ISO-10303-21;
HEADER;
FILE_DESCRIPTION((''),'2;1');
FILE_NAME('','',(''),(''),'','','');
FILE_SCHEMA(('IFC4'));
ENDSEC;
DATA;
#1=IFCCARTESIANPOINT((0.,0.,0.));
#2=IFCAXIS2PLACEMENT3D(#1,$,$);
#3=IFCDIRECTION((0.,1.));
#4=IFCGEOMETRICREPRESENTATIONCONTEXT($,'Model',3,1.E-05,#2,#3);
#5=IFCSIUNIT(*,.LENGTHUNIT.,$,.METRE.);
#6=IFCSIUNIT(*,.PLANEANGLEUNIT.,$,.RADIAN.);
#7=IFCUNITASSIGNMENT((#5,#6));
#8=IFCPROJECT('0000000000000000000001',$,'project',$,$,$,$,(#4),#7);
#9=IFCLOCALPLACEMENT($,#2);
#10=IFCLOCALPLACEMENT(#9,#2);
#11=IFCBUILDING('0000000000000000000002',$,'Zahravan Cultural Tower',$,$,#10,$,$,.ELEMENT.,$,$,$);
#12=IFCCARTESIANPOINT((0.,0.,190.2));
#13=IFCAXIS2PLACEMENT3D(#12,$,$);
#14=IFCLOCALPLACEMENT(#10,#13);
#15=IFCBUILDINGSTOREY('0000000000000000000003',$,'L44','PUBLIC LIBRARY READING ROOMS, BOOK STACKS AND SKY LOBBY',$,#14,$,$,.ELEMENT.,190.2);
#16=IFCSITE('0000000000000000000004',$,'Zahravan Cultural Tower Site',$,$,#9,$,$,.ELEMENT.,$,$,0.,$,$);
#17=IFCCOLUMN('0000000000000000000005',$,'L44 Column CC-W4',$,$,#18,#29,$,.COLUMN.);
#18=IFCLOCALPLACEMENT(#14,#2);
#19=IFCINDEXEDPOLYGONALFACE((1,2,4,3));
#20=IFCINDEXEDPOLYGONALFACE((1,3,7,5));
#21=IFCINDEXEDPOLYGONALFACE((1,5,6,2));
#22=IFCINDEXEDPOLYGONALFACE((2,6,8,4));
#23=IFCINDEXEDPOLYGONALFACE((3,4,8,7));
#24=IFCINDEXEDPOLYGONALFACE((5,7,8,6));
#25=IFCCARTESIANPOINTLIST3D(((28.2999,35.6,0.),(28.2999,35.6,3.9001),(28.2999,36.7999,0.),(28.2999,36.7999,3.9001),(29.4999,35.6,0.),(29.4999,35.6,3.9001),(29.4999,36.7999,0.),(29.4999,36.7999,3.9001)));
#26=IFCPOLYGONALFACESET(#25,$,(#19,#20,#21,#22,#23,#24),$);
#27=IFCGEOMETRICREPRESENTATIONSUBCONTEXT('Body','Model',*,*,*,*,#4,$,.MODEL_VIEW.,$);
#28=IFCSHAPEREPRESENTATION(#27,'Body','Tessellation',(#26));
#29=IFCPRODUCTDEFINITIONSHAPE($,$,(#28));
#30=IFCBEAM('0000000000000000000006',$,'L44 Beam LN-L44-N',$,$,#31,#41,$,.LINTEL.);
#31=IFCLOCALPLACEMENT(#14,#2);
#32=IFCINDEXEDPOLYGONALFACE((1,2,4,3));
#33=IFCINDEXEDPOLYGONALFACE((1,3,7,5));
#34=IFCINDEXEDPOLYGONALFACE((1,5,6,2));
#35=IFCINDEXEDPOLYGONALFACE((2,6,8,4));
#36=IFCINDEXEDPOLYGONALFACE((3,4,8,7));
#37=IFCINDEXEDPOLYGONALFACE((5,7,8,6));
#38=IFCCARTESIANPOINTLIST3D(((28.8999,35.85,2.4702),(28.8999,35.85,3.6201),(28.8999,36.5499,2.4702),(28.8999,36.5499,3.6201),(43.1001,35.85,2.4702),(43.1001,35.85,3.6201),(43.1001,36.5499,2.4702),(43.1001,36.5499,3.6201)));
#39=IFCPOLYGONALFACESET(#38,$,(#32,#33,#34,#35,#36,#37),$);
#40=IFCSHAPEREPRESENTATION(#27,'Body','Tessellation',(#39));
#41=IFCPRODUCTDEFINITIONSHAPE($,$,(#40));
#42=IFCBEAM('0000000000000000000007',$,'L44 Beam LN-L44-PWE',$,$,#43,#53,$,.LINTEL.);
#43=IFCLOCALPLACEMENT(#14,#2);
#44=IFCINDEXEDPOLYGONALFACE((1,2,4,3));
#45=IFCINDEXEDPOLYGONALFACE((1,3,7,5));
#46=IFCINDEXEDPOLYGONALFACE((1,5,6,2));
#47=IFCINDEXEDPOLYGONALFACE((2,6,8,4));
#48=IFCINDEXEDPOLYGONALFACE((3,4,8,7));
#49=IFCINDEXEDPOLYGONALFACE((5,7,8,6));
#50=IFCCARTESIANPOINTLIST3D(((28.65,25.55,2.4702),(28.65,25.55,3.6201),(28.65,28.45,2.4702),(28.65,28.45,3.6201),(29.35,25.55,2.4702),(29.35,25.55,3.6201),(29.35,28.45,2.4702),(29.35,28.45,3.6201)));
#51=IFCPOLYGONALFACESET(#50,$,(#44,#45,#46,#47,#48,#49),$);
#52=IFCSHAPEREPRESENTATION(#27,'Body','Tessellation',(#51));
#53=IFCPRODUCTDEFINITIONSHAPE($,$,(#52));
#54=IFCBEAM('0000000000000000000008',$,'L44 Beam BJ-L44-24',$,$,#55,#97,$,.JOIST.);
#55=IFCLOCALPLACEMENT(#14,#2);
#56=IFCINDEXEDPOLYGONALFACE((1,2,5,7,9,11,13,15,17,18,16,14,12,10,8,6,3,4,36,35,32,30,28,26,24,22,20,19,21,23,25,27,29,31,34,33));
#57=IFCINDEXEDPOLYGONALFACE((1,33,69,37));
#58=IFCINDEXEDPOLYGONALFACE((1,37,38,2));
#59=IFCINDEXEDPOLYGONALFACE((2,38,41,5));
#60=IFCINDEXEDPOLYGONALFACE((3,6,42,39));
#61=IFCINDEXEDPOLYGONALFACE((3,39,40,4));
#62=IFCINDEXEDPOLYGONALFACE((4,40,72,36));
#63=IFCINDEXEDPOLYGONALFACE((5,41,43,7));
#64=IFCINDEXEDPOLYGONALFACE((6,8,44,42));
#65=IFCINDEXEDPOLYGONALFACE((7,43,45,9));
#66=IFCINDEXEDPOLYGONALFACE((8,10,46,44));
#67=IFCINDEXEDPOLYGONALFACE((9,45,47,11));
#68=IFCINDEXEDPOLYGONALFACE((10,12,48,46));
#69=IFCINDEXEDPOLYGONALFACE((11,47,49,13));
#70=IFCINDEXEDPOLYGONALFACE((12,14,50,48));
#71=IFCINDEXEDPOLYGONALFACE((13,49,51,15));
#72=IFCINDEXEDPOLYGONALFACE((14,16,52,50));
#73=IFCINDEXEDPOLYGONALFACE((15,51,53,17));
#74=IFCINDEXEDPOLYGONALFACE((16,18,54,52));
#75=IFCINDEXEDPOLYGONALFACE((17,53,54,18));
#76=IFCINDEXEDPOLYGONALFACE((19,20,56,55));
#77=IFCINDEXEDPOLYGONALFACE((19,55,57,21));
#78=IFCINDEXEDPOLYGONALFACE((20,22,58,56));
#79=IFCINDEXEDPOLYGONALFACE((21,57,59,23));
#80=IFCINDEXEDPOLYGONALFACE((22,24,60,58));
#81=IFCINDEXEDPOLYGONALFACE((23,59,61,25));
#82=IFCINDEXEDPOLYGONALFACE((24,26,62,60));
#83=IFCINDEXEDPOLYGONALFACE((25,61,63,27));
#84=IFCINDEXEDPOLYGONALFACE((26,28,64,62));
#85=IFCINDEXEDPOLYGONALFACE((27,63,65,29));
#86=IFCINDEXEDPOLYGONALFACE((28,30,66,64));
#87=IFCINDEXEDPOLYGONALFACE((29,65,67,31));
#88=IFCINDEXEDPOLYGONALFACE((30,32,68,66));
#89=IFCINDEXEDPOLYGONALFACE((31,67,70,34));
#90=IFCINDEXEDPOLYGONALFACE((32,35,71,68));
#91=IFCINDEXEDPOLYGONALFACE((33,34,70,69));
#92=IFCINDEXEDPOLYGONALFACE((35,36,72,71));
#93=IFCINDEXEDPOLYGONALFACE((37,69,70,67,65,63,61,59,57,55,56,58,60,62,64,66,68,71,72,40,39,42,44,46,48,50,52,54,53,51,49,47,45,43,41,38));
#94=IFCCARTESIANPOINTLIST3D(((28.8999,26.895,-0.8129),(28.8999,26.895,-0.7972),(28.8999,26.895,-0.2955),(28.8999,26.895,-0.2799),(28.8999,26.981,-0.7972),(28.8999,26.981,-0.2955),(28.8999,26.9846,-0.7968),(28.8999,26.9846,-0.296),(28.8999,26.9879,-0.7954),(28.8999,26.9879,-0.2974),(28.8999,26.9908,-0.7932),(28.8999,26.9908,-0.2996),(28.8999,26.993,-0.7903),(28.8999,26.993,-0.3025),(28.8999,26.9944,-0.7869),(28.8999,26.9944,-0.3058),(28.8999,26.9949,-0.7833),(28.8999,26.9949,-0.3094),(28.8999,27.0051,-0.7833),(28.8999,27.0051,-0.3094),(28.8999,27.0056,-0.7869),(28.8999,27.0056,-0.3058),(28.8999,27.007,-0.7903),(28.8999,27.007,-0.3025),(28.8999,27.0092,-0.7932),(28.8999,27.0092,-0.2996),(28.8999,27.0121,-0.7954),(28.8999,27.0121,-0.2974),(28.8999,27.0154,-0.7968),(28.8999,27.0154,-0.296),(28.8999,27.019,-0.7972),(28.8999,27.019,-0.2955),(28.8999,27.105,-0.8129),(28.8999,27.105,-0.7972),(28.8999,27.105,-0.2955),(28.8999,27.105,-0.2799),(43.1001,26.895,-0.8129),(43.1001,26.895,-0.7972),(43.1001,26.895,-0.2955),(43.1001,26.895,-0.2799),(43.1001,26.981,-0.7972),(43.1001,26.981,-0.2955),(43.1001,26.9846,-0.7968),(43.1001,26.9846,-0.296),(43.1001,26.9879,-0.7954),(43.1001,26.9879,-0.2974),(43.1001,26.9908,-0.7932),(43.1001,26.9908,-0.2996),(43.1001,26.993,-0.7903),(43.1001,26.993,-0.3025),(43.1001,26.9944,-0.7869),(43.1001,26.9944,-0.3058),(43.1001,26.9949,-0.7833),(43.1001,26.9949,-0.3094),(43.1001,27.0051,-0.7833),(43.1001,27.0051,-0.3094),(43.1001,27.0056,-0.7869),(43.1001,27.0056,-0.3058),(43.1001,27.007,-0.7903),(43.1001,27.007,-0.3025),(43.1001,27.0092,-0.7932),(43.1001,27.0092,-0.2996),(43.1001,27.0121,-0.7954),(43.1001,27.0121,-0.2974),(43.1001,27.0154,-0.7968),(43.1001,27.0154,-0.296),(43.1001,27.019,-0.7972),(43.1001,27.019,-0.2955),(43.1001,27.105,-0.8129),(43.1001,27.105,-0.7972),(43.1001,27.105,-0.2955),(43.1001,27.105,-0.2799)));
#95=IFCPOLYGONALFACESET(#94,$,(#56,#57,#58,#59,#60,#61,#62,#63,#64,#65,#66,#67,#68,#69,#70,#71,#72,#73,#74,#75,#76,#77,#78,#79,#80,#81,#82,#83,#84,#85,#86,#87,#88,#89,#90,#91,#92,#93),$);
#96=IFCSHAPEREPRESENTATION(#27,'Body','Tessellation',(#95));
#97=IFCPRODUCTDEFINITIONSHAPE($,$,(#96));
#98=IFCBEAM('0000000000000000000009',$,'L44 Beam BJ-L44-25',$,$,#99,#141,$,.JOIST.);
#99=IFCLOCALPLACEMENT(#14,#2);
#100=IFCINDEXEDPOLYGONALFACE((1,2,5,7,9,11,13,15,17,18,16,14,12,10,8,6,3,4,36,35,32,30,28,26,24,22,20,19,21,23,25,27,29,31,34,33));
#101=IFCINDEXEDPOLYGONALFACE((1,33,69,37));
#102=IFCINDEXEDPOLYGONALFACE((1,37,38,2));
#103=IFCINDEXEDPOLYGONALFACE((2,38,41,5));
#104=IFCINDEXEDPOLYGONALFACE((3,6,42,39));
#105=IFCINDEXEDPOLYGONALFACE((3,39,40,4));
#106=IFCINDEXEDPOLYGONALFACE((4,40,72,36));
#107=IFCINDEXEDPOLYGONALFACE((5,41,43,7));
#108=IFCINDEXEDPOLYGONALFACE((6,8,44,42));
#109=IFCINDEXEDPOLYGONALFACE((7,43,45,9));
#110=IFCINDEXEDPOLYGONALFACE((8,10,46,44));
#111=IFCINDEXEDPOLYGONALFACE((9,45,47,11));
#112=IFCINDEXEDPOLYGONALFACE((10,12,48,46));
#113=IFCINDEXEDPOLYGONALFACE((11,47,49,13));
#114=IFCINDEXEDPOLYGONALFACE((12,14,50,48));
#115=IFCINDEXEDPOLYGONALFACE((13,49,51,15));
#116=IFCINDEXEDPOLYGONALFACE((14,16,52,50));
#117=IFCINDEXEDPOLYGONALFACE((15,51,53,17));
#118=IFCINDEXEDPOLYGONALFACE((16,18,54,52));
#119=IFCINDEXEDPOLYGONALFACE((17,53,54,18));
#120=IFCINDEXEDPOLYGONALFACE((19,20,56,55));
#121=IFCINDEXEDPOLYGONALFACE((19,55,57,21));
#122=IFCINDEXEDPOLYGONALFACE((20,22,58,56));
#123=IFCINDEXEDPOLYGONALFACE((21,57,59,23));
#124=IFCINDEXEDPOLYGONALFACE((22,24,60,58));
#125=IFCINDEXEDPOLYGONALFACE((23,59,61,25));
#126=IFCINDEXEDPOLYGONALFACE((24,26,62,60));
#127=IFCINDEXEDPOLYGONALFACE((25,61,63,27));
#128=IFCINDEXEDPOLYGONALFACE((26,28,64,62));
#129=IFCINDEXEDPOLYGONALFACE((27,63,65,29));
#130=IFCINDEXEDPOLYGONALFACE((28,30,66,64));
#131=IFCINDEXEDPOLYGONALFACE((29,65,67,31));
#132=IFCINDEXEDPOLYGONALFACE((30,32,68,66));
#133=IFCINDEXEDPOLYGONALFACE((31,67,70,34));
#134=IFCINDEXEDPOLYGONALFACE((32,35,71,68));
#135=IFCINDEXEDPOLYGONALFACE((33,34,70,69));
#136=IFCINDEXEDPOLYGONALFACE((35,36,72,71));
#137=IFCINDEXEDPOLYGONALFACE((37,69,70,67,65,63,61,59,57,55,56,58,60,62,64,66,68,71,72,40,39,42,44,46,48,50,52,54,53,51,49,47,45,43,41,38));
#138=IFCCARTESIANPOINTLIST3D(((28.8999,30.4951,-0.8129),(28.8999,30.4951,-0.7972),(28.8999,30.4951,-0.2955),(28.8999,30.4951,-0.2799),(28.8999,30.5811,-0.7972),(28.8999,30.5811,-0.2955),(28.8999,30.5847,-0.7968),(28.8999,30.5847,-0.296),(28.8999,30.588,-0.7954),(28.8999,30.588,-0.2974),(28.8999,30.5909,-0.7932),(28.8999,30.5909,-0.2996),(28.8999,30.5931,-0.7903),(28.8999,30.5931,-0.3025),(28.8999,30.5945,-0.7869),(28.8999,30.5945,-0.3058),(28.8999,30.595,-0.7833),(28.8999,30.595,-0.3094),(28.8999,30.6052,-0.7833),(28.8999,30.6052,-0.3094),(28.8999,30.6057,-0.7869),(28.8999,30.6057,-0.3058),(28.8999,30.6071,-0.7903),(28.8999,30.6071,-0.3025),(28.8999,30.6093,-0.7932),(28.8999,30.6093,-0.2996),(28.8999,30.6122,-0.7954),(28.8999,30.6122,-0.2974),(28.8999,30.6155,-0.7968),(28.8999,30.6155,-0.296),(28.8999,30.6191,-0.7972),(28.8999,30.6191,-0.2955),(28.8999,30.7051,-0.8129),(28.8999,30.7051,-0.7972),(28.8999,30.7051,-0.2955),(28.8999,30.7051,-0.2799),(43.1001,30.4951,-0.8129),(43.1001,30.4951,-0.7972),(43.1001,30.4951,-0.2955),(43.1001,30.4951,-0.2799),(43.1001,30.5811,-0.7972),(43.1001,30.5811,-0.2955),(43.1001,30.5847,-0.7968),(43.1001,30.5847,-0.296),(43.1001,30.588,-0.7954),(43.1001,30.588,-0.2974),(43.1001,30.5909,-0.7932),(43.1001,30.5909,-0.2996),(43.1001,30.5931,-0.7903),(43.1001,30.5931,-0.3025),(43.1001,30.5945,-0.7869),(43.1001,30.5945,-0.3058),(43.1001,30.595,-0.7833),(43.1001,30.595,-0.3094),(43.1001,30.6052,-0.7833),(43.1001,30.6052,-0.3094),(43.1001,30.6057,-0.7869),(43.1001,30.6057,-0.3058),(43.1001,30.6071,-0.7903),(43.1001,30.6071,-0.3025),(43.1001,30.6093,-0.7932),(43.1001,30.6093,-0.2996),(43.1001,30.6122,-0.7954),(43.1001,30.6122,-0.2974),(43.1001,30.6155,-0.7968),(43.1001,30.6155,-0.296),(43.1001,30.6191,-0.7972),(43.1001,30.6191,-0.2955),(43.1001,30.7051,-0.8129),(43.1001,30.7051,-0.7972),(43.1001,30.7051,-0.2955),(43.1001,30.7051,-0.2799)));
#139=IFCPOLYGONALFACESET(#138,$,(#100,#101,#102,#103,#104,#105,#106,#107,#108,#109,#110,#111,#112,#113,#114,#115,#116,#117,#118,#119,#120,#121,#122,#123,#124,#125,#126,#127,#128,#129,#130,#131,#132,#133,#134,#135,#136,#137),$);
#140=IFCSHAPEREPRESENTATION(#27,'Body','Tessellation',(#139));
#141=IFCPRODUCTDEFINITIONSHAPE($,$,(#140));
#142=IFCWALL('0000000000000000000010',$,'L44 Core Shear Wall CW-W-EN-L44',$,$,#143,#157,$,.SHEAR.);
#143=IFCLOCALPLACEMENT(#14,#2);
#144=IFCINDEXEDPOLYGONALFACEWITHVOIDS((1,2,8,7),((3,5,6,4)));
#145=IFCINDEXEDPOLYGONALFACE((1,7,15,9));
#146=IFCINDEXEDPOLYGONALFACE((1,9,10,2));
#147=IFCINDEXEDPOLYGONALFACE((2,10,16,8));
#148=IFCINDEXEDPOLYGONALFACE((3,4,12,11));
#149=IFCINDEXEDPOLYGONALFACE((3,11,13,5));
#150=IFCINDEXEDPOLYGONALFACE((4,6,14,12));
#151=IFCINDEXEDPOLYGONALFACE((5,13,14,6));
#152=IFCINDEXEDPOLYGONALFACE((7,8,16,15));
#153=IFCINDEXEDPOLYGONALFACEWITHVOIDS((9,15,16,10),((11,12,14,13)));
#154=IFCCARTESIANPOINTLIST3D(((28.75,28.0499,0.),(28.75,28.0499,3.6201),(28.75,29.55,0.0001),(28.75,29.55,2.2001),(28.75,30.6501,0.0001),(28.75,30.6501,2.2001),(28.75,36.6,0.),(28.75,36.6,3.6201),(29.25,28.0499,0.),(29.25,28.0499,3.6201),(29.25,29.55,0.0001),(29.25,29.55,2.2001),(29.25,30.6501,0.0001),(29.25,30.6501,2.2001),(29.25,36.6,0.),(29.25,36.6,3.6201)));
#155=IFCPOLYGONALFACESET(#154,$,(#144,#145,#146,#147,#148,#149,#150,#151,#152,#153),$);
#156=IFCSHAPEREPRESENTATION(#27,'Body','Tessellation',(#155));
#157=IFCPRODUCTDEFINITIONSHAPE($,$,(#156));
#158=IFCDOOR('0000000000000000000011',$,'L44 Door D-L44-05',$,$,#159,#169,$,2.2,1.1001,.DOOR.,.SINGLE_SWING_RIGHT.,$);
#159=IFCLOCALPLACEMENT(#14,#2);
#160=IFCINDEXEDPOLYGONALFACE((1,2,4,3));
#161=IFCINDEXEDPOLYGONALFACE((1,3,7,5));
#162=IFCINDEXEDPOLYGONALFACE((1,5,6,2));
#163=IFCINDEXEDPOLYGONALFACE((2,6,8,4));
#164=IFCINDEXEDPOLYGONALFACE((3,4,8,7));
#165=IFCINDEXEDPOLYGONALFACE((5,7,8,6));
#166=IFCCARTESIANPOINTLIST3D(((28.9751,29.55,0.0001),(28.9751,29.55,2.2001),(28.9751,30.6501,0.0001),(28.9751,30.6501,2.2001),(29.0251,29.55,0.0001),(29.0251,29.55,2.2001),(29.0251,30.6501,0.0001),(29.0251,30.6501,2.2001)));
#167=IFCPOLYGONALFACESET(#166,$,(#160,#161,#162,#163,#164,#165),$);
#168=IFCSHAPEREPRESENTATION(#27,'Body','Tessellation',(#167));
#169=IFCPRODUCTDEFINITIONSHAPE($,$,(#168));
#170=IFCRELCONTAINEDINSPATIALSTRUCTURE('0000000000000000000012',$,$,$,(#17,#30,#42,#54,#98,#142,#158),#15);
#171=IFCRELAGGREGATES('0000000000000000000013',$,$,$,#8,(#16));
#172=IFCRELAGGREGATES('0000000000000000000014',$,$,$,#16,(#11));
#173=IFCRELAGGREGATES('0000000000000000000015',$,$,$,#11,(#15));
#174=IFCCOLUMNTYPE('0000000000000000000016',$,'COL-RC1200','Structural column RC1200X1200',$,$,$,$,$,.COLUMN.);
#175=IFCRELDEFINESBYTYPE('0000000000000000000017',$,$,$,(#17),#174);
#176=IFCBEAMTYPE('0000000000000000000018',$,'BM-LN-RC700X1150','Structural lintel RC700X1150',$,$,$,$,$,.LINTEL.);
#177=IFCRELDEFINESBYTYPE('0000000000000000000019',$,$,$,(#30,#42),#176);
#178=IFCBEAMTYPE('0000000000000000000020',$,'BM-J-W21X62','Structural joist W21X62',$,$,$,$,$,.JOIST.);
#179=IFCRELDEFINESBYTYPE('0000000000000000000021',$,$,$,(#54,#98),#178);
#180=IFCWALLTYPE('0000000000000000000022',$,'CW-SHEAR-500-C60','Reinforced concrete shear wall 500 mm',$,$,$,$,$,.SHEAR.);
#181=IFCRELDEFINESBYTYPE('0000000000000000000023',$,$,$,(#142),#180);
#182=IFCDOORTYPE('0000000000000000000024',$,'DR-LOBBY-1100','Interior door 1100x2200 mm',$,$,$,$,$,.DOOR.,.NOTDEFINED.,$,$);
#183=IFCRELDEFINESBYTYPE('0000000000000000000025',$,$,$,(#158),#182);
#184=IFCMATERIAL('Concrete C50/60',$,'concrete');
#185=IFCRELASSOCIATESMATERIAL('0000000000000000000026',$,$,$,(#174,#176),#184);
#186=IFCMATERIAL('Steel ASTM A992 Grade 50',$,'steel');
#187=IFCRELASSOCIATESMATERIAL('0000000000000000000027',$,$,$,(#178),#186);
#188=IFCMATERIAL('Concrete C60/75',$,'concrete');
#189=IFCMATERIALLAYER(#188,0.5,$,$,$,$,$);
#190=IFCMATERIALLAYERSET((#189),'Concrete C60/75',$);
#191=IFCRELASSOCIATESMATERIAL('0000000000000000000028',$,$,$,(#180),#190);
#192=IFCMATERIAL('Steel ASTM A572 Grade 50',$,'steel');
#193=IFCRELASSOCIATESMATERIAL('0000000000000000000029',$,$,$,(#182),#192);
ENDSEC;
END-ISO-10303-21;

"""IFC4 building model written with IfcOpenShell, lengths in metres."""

from ifc_helpers import new_model, si_unit, direction, frame, frame_2d, origin, origin_2d, place, context, subcontext, project, spatial, rectangle, i_section, extrude, source, transform, mapped, material, layer, layer_set, material_profile, profile_set, type_object, element, fill, save


model = new_model("IFC4")

# Units and contexts
model_context = context("Model", 3, precision=1e-05, world=origin(), true_north=direction((0.0, 1.0)))
body_context = subcontext(model_context, "Body", "Model", "MODEL_VIEW")
ifc_project = project(units=[si_unit("LENGTHUNIT", "METRE"), si_unit("PLANEANGLEUNIT", "RADIAN")], contexts=[model_context])

# Site, building, storey
site_placement = place(None, origin())
site = spatial("IfcSite", under=ifc_project, at=site_placement, Name="Zahravan Cultural Tower Site", CompositionType="ELEMENT", RefElevation=0.0)
building_placement = place(site_placement, origin())
building = spatial("IfcBuilding", under=site, at=building_placement, Name="Zahravan Cultural Tower", CompositionType="ELEMENT")
storey_placement = place(building_placement, frame((0.0, 0.0, 190.2)))
storey = spatial("IfcBuildingStorey", under=building, at=storey_placement, Name="L44", Description="PUBLIC LIBRARY READING ROOMS, BOOK STACKS AND SKY LOBBY", CompositionType="ELEMENT", Elevation=190.2)

# Column
ifc_material_1 = material(Name="Concrete C50/60", Category="concrete")
ifc_material_profile_1 = material_profile(ifc_material_1, rectangle(XDim=1.2, YDim=1.2, at=origin_2d()), Name="RC1200X1200")
ifc_profile_set_1 = profile_set([ifc_material_profile_1], Name="Concrete C50/60")
column_type = type_object("IfcColumnType", Name="COL-RC1200", Description="Structural column RC1200X1200", PredefinedType="COLUMN", material=ifc_profile_set_1)
shared_shape_1 = source(origin(), body_context, "Body", "SweptSolid", [
    extrude(rectangle(XDim=1.2, YDim=1.2, at=origin_2d()), origin(), (0.0, 0.0, 1.0), 3.9001),
])
column_placement = place(storey_placement, frame((28.8999, 36.2, 0.0), z_axis=(0.0, 0.0, 1.0), x_axis=(1.0, 0.0, 0.0)))
element("IfcColumn", 1, at=column_placement, inside=storey, type_object=column_type, Name="L44 Column CC-W4", PredefinedType="COLUMN", context=body_context, shape_type="MappedRepresentation", body=[
    mapped(shared_shape_1, transform((0.0, 0.0, 0.0), x_axis=(1.0, 0.0, 0.0), y_axis=(0.0, 1.0, 0.0), z_axis=(0.0, 0.0, 1.0), scale=1.0)),
])

# Beams
ifc_material_profile_2 = material_profile(ifc_material_1, rectangle(XDim=0.7, YDim=1.1499, at=origin_2d()), Name="RC700X1150")
ifc_profile_set_2 = profile_set([ifc_material_profile_2], Name="Concrete C50/60")
beam_type_1 = type_object("IfcBeamType", Name="BM-LN-RC700X1150", Description="Structural lintel RC700X1150", PredefinedType="LINTEL", material=ifc_profile_set_2)
shared_shape_2 = source(origin(), body_context, "Body", "SweptSolid", [
    extrude(rectangle(XDim=0.7, YDim=1.1499, at=origin_2d()), origin(), (0.0, 0.0, 1.0), 14.2002),
])
beam_1_placement = place(storey_placement, frame((28.8999, 36.2, 3.0452), z_axis=(1.0, 0.0, 0.0), x_axis=(0.0, 1.0, 0.0)))
element("IfcBeam", 2, at=beam_1_placement, inside=storey, type_object=beam_type_1, Name="L44 Beam LN-L44-N", PredefinedType="LINTEL", context=body_context, shape_type="MappedRepresentation", body=[
    mapped(shared_shape_2, transform((0.0, 0.0, 0.0), x_axis=(1.0, 0.0, 0.0), y_axis=(0.0, 1.0, 0.0), z_axis=(0.0, 0.0, 1.0), scale=1.0)),
])
shared_shape_3 = source(origin(), body_context, "Body", "SweptSolid", [
    extrude(rectangle(XDim=0.7, YDim=1.1499, at=origin_2d()), origin(), (0.0, 0.0, 1.0), 2.8999),
])
beam_2_placement = place(storey_placement, frame((29.0, 25.55, 3.0452), z_axis=(0.0, 1.0, 0.0), x_axis=(-1.0, 0.0, 0.0)))
element("IfcBeam", 3, at=beam_2_placement, inside=storey, type_object=beam_type_1, Name="L44 Beam LN-L44-PWE", PredefinedType="LINTEL", context=body_context, shape_type="MappedRepresentation", body=[
    mapped(shared_shape_3, transform((0.0, 0.0, 0.0), x_axis=(1.0, 0.0, 0.0), y_axis=(0.0, 1.0, 0.0), z_axis=(0.0, 0.0, 1.0), scale=1.0)),
])
ifc_material_2 = material(Name="Steel ASTM A992 Grade 50", Category="steel")
ifc_material_profile_3 = material_profile(ifc_material_2, i_section(OverallWidth=0.21, OverallDepth=0.533, WebThickness=0.0103, FlangeThickness=0.0156, FilletRadius=0.0139, at=origin_2d()), Name="W21X62")
ifc_profile_set_3 = profile_set([ifc_material_profile_3], Name="Steel ASTM A992 Grade 50")
beam_type_2 = type_object("IfcBeamType", Name="BM-J-W21X62", Description="Structural joist W21X62", PredefinedType="JOIST", material=ifc_profile_set_3)
shared_shape_4 = source(origin(), body_context, "Body", "SweptSolid", [
    extrude(i_section(OverallWidth=0.21, OverallDepth=0.533, WebThickness=0.0103, FlangeThickness=0.0156, FilletRadius=0.0139, at=origin_2d()), origin(), (0.0, 0.0, 1.0), 14.2002),
])
for number, where, z_axis, x_axis, name in (
    (4, (28.8999, 27.0, -0.5464), (1.0, 0.0, 0.0), (0.0, 1.0, 0.0), "L44 Beam BJ-L44-24"),
    (5, (28.8999, 30.6001, -0.5464), (1.0, 0.0, 0.0), (0.0, 1.0, 0.0), "L44 Beam BJ-L44-25"),
):
    element("IfcBeam", number, at=place(storey_placement, frame(where, z_axis=z_axis, x_axis=x_axis)), inside=storey, type_object=beam_type_2, Name=name, PredefinedType="JOIST", context=body_context, shape_type="MappedRepresentation", body=[
        mapped(shared_shape_4, transform((0.0, 0.0, 0.0), x_axis=(1.0, 0.0, 0.0), y_axis=(0.0, 1.0, 0.0), z_axis=(0.0, 0.0, 1.0), scale=1.0)),
    ])

# Wall, opening, door
ifc_material_3 = material(Name="Concrete C60/75", Category="concrete")
ifc_layer_1 = layer(ifc_material_3, 0.5)
ifc_layer_set_1 = layer_set([ifc_layer_1], Name="Concrete C60/75")
wall_type_1 = type_object("IfcWallType", Name="CW-SHEAR-500-C60", Description="Reinforced concrete shear wall 500 mm", PredefinedType="SHEAR", material=ifc_layer_set_1)
wall_1_placement = place(storey_placement, frame((29.0, 28.05, 0.0), z_axis=(0.0, 0.0, 1.0), x_axis=(0.0, 1.0, 0.0)))
wall_1 = element("IfcWall", 6, at=wall_1_placement, inside=storey, type_object=wall_type_1, Name="L44 Core Shear Wall CW-W-EN-L44", PredefinedType="SHEAR", context=body_context, shape_type="SweptSolid", body=[
    extrude(rectangle(XDim=8.55, YDim=0.5, at=frame_2d((4.2749, 0.0))), origin(), (0.0, 0.0, 1.0), 3.6201),
])
opening_1_placement = place(wall_1_placement, frame((1.5, 0.0, 0.0)))
opening_1 = element("IfcOpeningElement", 7, at=opening_1_placement, cuts=wall_1, PredefinedType="OPENING", context=body_context, shape_type="SweptSolid", body=[
    extrude(rectangle(XDim=1.1001, YDim=2.2, at=frame_2d((0.55, 1.1001))), frame((0.0, 0.26, 0.0), z_axis=(0.0, -1.0, 0.0), x_axis=(1.0, 0.0, 0.0)), (0.0, 0.0, 1.0), 0.52),
])
ifc_material_4 = material(Name="Steel ASTM A572 Grade 50", Category="steel")
door_type_1 = type_object("IfcDoorType", Name="DR-LOBBY-1100", Description="Interior door 1100x2200 mm", OperationType="NOTDEFINED", PredefinedType="DOOR", material=ifc_material_4)
shared_shape_5 = source(origin(), body_context, "Body", "SweptSolid", [
    extrude(rectangle(XDim=1.1001, YDim=2.2, at=frame_2d((0.55, 1.1001))), frame((0.0, 0.0249, 0.0), z_axis=(0.0, -1.0, 0.0), x_axis=(1.0, 0.0, 0.0)), (0.0, 0.0, 1.0), 0.05),
])
door_1_placement = place(opening_1_placement, origin())
door_1 = element("IfcDoor", 8, at=door_1_placement, inside=storey, type_object=door_type_1, Name="L44 Door D-L44-05", OperationType="SINGLE_SWING_RIGHT", OverallHeight=2.2, OverallWidth=1.1001, PredefinedType="DOOR", context=body_context, shape_type="MappedRepresentation", body=[
    mapped(shared_shape_5, transform((0.0, 0.0, 0.0), x_axis=(1.0, 0.0, 0.0), y_axis=(0.0, 1.0, 0.0), z_axis=(0.0, 0.0, 1.0), scale=1.0)),
])
fill(opening_1, door_1)

save(model, "model.ifc")
